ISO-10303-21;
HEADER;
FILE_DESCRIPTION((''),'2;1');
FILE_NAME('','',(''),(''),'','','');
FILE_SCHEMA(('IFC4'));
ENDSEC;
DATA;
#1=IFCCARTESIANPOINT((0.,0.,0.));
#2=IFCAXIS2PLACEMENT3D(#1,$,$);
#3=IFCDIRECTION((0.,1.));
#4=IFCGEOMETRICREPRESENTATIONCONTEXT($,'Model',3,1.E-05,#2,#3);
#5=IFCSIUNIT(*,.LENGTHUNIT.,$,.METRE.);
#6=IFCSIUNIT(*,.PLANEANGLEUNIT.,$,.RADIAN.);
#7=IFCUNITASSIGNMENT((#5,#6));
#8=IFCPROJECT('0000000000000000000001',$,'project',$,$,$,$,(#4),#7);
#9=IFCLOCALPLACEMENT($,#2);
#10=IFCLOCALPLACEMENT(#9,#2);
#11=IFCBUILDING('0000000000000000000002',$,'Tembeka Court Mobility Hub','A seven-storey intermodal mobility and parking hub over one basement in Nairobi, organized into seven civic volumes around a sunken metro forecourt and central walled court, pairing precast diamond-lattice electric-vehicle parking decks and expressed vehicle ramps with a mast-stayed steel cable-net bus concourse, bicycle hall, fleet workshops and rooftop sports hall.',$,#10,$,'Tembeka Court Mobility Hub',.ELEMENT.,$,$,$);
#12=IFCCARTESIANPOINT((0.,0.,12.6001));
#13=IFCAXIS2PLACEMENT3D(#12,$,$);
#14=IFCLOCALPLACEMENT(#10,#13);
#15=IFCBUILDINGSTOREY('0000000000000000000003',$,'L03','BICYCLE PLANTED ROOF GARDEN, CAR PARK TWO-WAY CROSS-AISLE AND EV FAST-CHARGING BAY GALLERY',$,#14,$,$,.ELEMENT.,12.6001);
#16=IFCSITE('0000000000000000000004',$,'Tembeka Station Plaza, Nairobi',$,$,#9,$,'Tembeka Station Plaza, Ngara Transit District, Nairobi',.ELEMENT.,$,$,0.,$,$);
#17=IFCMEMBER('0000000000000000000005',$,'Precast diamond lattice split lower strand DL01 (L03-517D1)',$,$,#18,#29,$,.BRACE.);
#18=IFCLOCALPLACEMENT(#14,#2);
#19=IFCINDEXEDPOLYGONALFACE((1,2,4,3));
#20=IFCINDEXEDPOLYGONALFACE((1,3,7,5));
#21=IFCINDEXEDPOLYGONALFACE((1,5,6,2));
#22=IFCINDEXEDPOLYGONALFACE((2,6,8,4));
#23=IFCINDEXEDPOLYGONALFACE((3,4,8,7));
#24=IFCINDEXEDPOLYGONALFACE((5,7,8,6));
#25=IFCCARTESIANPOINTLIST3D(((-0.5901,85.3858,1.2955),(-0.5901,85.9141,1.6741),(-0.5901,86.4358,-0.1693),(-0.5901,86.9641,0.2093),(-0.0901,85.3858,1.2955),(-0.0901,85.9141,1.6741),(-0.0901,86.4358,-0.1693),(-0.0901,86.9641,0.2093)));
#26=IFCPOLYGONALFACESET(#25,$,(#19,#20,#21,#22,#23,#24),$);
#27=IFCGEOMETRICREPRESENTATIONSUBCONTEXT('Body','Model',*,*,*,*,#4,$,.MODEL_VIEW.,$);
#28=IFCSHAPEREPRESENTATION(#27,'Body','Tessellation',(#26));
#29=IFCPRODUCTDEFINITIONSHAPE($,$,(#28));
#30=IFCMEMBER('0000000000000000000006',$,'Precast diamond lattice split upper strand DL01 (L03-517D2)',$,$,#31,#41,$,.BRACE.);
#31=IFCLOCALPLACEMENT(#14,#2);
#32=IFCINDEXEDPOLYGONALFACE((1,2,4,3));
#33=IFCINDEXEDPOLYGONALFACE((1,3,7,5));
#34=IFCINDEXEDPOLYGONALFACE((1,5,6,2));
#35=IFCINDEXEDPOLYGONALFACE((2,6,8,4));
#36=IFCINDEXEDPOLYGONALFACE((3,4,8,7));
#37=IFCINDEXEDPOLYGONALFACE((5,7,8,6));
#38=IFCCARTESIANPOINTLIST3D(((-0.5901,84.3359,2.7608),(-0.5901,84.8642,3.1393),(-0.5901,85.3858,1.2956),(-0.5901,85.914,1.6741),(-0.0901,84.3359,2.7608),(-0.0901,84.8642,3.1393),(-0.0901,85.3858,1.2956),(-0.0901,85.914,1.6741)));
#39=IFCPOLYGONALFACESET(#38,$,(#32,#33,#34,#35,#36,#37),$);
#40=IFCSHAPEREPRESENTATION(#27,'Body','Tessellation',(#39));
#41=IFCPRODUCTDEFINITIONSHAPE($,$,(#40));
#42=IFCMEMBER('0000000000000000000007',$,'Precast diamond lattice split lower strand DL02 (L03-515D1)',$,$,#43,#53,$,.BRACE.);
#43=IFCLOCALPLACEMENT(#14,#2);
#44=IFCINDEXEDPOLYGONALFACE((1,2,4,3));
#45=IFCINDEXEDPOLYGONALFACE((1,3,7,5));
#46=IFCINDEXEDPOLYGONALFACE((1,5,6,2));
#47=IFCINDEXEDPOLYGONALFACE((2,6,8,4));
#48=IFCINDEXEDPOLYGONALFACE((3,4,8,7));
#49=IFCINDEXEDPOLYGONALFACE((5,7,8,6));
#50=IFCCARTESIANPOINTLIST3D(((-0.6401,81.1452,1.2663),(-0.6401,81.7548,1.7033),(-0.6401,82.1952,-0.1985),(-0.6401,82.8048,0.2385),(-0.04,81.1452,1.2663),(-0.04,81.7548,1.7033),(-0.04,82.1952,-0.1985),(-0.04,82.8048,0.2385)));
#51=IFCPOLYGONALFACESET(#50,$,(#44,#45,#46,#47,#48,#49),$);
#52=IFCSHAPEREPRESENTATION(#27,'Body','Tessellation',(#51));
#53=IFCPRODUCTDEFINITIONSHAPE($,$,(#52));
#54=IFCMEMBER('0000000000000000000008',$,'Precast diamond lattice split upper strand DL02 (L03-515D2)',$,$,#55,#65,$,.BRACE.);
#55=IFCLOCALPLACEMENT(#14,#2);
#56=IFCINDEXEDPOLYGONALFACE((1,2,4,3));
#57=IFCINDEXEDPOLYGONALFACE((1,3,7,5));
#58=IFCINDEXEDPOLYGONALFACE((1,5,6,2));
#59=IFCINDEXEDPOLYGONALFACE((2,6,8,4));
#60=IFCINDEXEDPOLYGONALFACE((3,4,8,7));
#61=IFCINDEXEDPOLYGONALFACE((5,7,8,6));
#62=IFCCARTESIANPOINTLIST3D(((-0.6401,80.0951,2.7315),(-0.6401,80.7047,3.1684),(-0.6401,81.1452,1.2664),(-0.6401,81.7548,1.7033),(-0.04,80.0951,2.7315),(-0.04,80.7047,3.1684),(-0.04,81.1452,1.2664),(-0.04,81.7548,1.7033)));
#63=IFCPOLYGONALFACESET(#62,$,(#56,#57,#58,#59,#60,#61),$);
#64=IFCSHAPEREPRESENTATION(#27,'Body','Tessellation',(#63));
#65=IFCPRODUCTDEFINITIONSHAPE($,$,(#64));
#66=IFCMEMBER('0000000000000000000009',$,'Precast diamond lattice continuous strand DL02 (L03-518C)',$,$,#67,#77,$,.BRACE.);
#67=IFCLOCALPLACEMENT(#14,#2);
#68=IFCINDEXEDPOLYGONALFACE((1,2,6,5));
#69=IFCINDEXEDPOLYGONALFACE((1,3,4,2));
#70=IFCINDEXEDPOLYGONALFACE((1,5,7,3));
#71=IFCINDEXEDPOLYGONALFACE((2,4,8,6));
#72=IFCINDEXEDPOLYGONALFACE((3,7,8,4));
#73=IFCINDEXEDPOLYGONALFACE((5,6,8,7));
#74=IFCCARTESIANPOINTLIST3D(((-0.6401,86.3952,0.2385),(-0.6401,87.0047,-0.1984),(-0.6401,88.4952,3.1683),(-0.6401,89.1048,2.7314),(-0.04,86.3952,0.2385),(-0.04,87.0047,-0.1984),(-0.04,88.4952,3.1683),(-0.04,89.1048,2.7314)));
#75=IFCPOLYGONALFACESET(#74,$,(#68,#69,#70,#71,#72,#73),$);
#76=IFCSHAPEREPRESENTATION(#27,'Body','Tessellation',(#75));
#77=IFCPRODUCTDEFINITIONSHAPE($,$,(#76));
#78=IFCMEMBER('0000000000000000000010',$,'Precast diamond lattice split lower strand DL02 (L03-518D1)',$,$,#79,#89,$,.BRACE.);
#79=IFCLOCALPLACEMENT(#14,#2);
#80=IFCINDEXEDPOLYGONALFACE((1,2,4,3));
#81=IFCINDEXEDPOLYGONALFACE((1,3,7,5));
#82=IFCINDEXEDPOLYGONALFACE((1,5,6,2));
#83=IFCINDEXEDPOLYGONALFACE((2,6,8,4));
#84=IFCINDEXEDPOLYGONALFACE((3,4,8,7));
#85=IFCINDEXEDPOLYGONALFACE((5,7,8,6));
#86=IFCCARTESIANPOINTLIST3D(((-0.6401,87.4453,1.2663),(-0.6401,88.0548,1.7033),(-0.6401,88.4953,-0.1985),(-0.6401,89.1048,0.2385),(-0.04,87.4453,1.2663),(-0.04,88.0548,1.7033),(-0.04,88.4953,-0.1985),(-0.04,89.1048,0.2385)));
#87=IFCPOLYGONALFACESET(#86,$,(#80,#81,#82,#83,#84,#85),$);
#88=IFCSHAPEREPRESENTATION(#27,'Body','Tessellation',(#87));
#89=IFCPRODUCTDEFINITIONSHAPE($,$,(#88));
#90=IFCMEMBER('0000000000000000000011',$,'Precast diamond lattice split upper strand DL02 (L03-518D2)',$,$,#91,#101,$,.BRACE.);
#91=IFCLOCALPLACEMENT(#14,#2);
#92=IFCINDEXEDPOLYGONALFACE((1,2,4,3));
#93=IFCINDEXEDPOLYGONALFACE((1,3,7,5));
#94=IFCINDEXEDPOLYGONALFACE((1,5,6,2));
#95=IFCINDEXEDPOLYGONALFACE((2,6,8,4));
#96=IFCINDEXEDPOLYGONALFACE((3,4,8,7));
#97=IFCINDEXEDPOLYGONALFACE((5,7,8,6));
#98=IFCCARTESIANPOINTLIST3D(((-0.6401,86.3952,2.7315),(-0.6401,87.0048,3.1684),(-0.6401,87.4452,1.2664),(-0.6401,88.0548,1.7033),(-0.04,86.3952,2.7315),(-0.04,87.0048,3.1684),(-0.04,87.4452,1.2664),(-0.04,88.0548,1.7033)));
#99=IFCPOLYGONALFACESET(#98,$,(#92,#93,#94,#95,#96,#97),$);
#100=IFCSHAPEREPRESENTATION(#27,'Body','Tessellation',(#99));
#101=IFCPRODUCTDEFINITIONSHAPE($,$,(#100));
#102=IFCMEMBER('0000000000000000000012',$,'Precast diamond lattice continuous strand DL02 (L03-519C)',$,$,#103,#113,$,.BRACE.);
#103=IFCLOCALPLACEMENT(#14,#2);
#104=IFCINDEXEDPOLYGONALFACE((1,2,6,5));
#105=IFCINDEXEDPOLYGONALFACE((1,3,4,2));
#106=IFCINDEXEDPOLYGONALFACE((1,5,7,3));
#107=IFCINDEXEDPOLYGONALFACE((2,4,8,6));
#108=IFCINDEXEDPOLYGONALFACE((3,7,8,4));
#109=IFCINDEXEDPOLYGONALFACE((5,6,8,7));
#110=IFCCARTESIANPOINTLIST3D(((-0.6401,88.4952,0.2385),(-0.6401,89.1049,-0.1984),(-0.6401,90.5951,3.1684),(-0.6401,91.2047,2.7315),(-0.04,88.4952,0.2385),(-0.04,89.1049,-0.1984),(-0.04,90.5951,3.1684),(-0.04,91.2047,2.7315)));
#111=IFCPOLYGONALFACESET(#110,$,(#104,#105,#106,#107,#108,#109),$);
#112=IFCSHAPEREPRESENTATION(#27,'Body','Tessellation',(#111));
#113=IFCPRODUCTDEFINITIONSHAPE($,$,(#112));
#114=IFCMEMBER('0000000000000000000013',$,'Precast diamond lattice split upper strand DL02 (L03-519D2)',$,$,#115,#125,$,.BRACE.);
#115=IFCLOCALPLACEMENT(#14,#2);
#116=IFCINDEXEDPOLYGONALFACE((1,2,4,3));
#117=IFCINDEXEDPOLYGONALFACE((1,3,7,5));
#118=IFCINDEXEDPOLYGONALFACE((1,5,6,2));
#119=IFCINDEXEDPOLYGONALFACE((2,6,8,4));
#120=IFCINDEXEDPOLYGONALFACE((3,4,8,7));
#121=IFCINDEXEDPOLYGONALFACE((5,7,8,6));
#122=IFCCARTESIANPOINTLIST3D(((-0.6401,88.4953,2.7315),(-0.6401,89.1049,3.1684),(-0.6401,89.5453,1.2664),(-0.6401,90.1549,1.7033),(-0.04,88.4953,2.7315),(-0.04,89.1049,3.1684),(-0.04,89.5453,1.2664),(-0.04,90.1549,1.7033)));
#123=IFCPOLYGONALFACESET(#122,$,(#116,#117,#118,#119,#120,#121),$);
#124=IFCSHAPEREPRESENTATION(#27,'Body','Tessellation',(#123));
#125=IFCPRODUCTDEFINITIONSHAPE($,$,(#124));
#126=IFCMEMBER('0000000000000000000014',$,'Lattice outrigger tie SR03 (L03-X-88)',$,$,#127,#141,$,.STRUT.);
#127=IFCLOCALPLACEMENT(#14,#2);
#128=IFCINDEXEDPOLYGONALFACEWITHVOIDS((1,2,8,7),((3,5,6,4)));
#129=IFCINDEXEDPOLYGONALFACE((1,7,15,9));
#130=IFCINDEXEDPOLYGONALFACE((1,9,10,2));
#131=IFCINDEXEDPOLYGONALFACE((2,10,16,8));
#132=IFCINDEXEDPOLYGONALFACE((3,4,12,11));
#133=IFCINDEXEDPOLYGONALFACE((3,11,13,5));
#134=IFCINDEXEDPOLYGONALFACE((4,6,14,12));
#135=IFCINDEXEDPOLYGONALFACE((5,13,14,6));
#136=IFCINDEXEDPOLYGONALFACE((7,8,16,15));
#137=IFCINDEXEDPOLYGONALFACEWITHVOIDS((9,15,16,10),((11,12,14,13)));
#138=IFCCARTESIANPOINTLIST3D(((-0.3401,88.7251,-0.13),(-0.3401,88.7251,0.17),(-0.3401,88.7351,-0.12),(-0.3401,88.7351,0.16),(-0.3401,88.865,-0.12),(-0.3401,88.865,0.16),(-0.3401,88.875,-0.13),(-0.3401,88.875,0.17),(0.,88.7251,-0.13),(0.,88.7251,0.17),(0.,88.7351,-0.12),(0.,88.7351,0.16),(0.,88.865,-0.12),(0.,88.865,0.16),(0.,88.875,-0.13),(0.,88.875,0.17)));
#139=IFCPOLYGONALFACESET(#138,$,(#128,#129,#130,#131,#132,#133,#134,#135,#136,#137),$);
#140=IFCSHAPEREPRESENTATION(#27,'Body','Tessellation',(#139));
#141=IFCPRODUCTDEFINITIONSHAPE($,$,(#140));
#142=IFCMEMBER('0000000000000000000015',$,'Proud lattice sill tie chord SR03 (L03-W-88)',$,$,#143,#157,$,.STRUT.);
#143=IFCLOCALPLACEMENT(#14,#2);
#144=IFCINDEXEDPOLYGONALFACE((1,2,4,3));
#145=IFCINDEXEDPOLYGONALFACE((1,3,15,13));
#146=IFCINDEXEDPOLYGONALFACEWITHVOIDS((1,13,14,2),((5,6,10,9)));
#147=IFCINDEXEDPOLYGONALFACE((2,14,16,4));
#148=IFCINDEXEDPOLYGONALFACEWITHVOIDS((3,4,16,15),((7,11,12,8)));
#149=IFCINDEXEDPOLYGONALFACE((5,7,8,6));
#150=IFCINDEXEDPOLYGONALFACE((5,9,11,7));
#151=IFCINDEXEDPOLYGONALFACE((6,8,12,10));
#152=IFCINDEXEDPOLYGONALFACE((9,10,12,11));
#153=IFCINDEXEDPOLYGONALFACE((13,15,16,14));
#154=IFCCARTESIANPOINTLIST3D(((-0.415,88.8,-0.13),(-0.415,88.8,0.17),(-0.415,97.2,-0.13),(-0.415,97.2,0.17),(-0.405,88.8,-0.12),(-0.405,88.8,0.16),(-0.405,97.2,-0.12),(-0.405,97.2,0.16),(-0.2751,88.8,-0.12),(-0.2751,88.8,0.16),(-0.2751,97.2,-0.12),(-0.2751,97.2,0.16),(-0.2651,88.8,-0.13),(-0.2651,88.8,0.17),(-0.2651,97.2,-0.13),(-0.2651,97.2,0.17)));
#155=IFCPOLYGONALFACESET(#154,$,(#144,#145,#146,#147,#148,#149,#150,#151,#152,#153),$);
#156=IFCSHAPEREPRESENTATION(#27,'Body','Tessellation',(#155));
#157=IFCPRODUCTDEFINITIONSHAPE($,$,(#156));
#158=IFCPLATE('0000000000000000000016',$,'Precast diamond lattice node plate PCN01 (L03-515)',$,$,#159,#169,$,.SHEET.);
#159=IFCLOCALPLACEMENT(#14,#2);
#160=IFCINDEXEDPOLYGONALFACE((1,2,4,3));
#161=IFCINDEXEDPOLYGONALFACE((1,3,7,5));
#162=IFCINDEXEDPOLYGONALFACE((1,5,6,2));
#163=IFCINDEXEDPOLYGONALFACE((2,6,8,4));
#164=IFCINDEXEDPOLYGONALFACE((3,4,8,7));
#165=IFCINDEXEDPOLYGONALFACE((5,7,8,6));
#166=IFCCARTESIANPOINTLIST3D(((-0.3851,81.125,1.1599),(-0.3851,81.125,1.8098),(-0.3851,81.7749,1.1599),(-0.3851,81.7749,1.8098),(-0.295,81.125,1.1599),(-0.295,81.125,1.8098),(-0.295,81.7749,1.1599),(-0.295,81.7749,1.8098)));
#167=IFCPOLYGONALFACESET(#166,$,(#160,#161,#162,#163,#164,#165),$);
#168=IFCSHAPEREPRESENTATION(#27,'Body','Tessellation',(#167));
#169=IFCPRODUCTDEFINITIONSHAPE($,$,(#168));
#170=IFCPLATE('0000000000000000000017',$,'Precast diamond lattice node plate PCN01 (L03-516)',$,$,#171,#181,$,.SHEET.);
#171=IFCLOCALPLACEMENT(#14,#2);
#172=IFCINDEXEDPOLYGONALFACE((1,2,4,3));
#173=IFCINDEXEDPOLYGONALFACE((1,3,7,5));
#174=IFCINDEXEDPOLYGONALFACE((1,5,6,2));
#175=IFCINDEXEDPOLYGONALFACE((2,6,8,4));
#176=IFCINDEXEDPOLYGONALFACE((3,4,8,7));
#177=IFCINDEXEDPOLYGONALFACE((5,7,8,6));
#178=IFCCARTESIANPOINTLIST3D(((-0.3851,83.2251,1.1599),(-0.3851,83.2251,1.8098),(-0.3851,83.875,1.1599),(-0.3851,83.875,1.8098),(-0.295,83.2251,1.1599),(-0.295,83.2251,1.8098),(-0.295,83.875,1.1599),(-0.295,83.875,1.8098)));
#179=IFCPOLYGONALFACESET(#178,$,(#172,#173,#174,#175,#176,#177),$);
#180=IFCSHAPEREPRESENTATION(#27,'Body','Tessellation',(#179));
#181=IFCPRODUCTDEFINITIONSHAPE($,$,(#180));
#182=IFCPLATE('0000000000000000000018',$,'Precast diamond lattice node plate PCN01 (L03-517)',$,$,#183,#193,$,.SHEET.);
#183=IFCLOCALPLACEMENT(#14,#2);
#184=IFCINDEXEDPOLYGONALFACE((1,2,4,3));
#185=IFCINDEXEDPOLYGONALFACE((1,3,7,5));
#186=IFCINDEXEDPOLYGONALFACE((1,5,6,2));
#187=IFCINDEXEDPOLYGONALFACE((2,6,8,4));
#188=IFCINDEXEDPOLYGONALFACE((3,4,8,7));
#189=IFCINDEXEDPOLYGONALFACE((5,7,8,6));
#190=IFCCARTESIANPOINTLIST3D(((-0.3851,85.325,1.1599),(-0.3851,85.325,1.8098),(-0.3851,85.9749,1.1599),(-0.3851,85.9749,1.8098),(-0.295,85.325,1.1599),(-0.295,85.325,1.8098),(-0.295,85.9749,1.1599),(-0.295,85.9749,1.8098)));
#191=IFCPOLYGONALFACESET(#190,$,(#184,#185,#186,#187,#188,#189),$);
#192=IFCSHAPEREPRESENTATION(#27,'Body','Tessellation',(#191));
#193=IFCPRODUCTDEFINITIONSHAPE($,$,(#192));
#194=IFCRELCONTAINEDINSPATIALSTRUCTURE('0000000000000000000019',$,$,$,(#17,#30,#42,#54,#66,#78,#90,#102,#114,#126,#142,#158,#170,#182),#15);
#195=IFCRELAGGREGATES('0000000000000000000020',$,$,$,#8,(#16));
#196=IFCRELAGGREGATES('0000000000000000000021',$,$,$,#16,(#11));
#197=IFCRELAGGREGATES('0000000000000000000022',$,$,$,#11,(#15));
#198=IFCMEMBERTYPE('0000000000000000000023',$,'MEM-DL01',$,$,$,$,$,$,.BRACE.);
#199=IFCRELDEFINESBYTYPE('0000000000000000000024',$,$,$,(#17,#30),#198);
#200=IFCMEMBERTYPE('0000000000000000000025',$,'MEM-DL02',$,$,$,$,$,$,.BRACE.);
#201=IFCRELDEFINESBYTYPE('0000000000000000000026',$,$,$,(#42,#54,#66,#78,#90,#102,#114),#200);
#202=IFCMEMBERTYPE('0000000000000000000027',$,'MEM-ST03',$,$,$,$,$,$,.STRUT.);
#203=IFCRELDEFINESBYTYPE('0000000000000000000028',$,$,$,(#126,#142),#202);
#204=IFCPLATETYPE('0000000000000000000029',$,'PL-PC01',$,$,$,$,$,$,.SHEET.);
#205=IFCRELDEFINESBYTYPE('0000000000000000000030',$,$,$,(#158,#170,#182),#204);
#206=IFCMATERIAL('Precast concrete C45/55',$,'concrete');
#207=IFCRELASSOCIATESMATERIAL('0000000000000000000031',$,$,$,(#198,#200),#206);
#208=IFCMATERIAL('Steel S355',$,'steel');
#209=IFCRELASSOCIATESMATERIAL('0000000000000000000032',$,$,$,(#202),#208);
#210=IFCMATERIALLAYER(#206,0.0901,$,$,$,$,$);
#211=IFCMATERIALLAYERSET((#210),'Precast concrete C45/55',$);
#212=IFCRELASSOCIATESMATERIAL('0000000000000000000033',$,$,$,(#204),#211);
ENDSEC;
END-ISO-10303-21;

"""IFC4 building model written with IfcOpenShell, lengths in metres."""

from ifc_helpers import new_model, si_unit, direction, frame, origin, origin_2d, place, context, subcontext, project, spatial, rectangle, hollow_rectangle, extrude, material, layer, layer_set, material_profile, profile_set, type_object, element, save


model = new_model("IFC4")

# Units and contexts
model_context = context("Model", 3, precision=1e-05, world=origin(), true_north=direction((0.0, 1.0)))
body_context = subcontext(model_context, "Body", "Model", "MODEL_VIEW")
ifc_project = project(units=[si_unit("LENGTHUNIT", "METRE"), si_unit("PLANEANGLEUNIT", "RADIAN")], contexts=[model_context])

# Site, building, storey
site_placement = place(None, origin())
site = spatial("IfcSite", under=ifc_project, at=site_placement, Name="Tembeka Station Plaza, Nairobi", LongName="Tembeka Station Plaza, Ngara Transit District, Nairobi", CompositionType="ELEMENT", RefElevation=0.0)
building_placement = place(site_placement, origin())
building = spatial("IfcBuilding", under=site, at=building_placement, Name="Tembeka Court Mobility Hub", Description="A seven-storey intermodal mobility and parking hub over one basement in Nairobi, organized into seven civic volumes around a sunken metro forecourt and central walled court, pairing precast diamond-lattice electric-vehicle parking decks and expressed vehicle ramps with a mast-stayed steel cable-net bus concourse, bicycle hall, fleet workshops and rooftop sports hall.", LongName="Tembeka Court Mobility Hub", CompositionType="ELEMENT")
storey_placement = place(building_placement, frame((0.0, 0.0, 12.6001)))
storey = spatial("IfcBuildingStorey", under=building, at=storey_placement, Name="L03", Description="BICYCLE PLANTED ROOF GARDEN, CAR PARK TWO-WAY CROSS-AISLE AND EV FAST-CHARGING BAY GALLERY", CompositionType="ELEMENT", Elevation=12.6001)

# Shared definitions
ifc_material_1 = material(Name="Steel S355", Category="steel")

# Members
ifc_material_2 = material(Name="Precast concrete C45/55", Category="concrete")
ifc_material_profile_1 = material_profile(ifc_material_2, rectangle(XDim=0.5, YDim=0.6499, at=origin_2d()), Name="PC-DIAG 500x650")
ifc_profile_set_1 = profile_set([ifc_material_profile_1], Name="Precast concrete C45/55")
member_type_1 = type_object("IfcMemberType", Name="MEM-DL01", PredefinedType="BRACE", material=ifc_profile_set_1)
member_1_placement = place(storey_placement, frame((-0.3401, 86.7, 0.02), z_axis=(0.0, -0.582608, 0.812753), x_axis=(1.0, 0.0, 0.0)))
element("IfcMember", 1, at=member_1_placement, inside=storey, type_object=member_type_1, Name="Precast diamond lattice split lower strand DL01 (L03-517D1)", PredefinedType="BRACE", context=body_context, shape_type="SweptSolid", body=[
    extrude(rectangle(XDim=0.5, YDim=0.6499, at=origin_2d()), origin(), (0.0, 0.0, 1.0), 1.8022),
])
member_2_placement = place(storey_placement, frame((-0.3401, 85.6499, 1.4849), z_axis=(0.0, -0.582455, 0.812863), x_axis=(1.0, 0.0, 0.0)))
element("IfcMember", 2, at=member_2_placement, inside=storey, type_object=member_type_1, Name="Precast diamond lattice split upper strand DL01 (L03-517D2)", PredefinedType="BRACE", context=body_context, shape_type="SweptSolid", body=[
    extrude(rectangle(XDim=0.5, YDim=0.6499, at=origin_2d()), origin(), (0.0, 0.0, 1.0), 1.8025),
])
ifc_material_profile_2 = material_profile(ifc_material_2, rectangle(XDim=0.6001, YDim=0.75, at=origin_2d()), Name="PC-DIAG 600x750")
ifc_profile_set_2 = profile_set([ifc_material_profile_2], Name="Precast concrete C45/55")
member_type_2 = type_object("IfcMemberType", Name="MEM-DL02", PredefinedType="BRACE", material=ifc_profile_set_2)
member_3_placement = place(storey_placement, frame((-0.3401, 82.5, 0.02), z_axis=(0.0, -0.582608, 0.812753), x_axis=(1.0, 0.0, 0.0)))
element("IfcMember", 3, at=member_3_placement, inside=storey, type_object=member_type_2, Name="Precast diamond lattice split lower strand DL02 (L03-515D1)", PredefinedType="BRACE", context=body_context, shape_type="SweptSolid", body=[
    extrude(rectangle(XDim=0.6001, YDim=0.75, at=origin_2d()), origin(), (0.0, 0.0, 1.0), 1.8022),
])
member_4_placement = place(storey_placement, frame((-0.3401, 81.45, 1.4849), z_axis=(0.0, -0.582544, 0.812799), x_axis=(1.0, 0.0, 0.0)))
element("IfcMember", 4, at=member_4_placement, inside=storey, type_object=member_type_2, Name="Precast diamond lattice split upper strand DL02 (L03-515D2)", PredefinedType="BRACE", context=body_context, shape_type="SweptSolid", body=[
    extrude(rectangle(XDim=0.6001, YDim=0.75, at=origin_2d()), origin(), (0.0, 0.0, 1.0), 1.8025),
])
member_5_placement = place(storey_placement, frame((-0.3401, 86.7, 0.02), z_axis=(0.0, 0.582576, 0.812776), x_axis=(-1.0, 0.0, 0.0)))
element("IfcMember", 5, at=member_5_placement, inside=storey, type_object=member_type_2, Name="Precast diamond lattice continuous strand DL02 (L03-518C)", PredefinedType="BRACE", context=body_context, shape_type="SweptSolid", body=[
    extrude(rectangle(XDim=0.6001, YDim=0.75, at=origin_2d()), origin(), (0.0, 0.0, 1.0), 3.6047),
])
member_6_placement = place(storey_placement, frame((-0.3401, 88.8, 0.02), z_axis=(0.0, -0.582608, 0.812753), x_axis=(1.0, 0.0, 0.0)))
element("IfcMember", 6, at=member_6_placement, inside=storey, type_object=member_type_2, Name="Precast diamond lattice split lower strand DL02 (L03-518D1)", PredefinedType="BRACE", context=body_context, shape_type="SweptSolid", body=[
    extrude(rectangle(XDim=0.6001, YDim=0.75, at=origin_2d()), origin(), (0.0, 0.0, 1.0), 1.8022),
])
member_7_placement = place(storey_placement, frame((-0.3401, 87.75, 1.4849), z_axis=(0.0, -0.582544, 0.812799), x_axis=(1.0, 0.0, 0.0)))
element("IfcMember", 7, at=member_7_placement, inside=storey, type_object=member_type_2, Name="Precast diamond lattice split upper strand DL02 (L03-518D2)", PredefinedType="BRACE", context=body_context, shape_type="SweptSolid", body=[
    extrude(rectangle(XDim=0.6001, YDim=0.75, at=origin_2d()), origin(), (0.0, 0.0, 1.0), 1.8025),
])
member_8_placement = place(storey_placement, frame((-0.3401, 88.8, 0.02), z_axis=(0.0, 0.582532, 0.812808), x_axis=(-1.0, 0.0, 0.0)))
element("IfcMember", 8, at=member_8_placement, inside=storey, type_object=member_type_2, Name="Precast diamond lattice continuous strand DL02 (L03-519C)", PredefinedType="BRACE", context=body_context, shape_type="SweptSolid", body=[
    extrude(rectangle(XDim=0.6001, YDim=0.75, at=origin_2d()), origin(), (0.0, 0.0, 1.0), 3.6047),
])
member_9_placement = place(storey_placement, frame((-0.3401, 89.8501, 1.4849), z_axis=(0.0, -0.582544, 0.812799), x_axis=(1.0, 0.0, 0.0)))
element("IfcMember", 9, at=member_9_placement, inside=storey, type_object=member_type_2, Name="Precast diamond lattice split upper strand DL02 (L03-519D2)", PredefinedType="BRACE", context=body_context, shape_type="SweptSolid", body=[
    extrude(rectangle(XDim=0.6001, YDim=0.75, at=origin_2d()), origin(), (0.0, 0.0, 1.0), 1.8025),
])
ifc_material_profile_3 = material_profile(ifc_material_1, hollow_rectangle(XDim=0.1499, YDim=0.3, WallThickness=0.01, at=origin_2d()), Name="RHS 300x150x10")
ifc_profile_set_3 = profile_set([ifc_material_profile_3], Name="Steel S355")
member_type_3 = type_object("IfcMemberType", Name="MEM-ST03", PredefinedType="STRUT", material=ifc_profile_set_3)
member_10_placement = place(storey_placement, frame((0.0, 88.8, 0.02), z_axis=(-1.0, 0.0, 0.0), x_axis=(0.0, -1.0, 0.0)))
element("IfcMember", 10, at=member_10_placement, inside=storey, type_object=member_type_3, Name="Lattice outrigger tie SR03 (L03-X-88)", PredefinedType="STRUT", context=body_context, shape_type="SweptSolid", body=[
    extrude(hollow_rectangle(XDim=0.1499, YDim=0.3, WallThickness=0.01, at=origin_2d()), origin(), (0.0, 0.0, 1.0), 0.3401),
])
member_11_placement = place(storey_placement, frame((-0.3401, 88.8, 0.02), z_axis=(0.0, 1.0, 0.0), x_axis=(-1.0, 0.0, 0.0)))
element("IfcMember", 11, at=member_11_placement, inside=storey, type_object=member_type_3, Name="Proud lattice sill tie chord SR03 (L03-W-88)", PredefinedType="STRUT", context=body_context, shape_type="SweptSolid", body=[
    extrude(hollow_rectangle(XDim=0.1499, YDim=0.3, WallThickness=0.01, at=origin_2d()), origin(), (0.0, 0.0, 1.0), 8.3999),
])

# Plates
ifc_layer = layer(ifc_material_2, 0.0901)
ifc_layer_set = layer_set([ifc_layer], Name="Precast concrete C45/55")
plate_type = type_object("IfcPlateType", Name="PL-PC01", PredefinedType="SHEET", material=ifc_layer_set)
for number, where, z_axis, x_axis, name in (
    (12, (-0.3401, 81.45, 1.1599), (0.0, 0.0, 1.0), (1.0, 0.0, 0.0), "Precast diamond lattice node plate PCN01 (L03-515)"),
    (13, (-0.3401, 83.55, 1.1599), (0.0, 0.0, 1.0), (1.0, 0.0, 0.0), "Precast diamond lattice node plate PCN01 (L03-516)"),
    (14, (-0.3401, 85.6499, 1.1599), (0.0, 0.0, 1.0), (1.0, 0.0, 0.0), "Precast diamond lattice node plate PCN01 (L03-517)"),
):
    element("IfcPlate", number, at=place(storey_placement, frame(where, z_axis=z_axis, x_axis=x_axis)), inside=storey, type_object=plate_type, Name=name, PredefinedType="SHEET", context=body_context, shape_type="SweptSolid", body=[
        extrude(rectangle(XDim=0.0901, YDim=0.6499, at=origin_2d()), origin(), (0.0, 0.0, 1.0), 0.6499),
    ])

save(model, "model.ifc")
